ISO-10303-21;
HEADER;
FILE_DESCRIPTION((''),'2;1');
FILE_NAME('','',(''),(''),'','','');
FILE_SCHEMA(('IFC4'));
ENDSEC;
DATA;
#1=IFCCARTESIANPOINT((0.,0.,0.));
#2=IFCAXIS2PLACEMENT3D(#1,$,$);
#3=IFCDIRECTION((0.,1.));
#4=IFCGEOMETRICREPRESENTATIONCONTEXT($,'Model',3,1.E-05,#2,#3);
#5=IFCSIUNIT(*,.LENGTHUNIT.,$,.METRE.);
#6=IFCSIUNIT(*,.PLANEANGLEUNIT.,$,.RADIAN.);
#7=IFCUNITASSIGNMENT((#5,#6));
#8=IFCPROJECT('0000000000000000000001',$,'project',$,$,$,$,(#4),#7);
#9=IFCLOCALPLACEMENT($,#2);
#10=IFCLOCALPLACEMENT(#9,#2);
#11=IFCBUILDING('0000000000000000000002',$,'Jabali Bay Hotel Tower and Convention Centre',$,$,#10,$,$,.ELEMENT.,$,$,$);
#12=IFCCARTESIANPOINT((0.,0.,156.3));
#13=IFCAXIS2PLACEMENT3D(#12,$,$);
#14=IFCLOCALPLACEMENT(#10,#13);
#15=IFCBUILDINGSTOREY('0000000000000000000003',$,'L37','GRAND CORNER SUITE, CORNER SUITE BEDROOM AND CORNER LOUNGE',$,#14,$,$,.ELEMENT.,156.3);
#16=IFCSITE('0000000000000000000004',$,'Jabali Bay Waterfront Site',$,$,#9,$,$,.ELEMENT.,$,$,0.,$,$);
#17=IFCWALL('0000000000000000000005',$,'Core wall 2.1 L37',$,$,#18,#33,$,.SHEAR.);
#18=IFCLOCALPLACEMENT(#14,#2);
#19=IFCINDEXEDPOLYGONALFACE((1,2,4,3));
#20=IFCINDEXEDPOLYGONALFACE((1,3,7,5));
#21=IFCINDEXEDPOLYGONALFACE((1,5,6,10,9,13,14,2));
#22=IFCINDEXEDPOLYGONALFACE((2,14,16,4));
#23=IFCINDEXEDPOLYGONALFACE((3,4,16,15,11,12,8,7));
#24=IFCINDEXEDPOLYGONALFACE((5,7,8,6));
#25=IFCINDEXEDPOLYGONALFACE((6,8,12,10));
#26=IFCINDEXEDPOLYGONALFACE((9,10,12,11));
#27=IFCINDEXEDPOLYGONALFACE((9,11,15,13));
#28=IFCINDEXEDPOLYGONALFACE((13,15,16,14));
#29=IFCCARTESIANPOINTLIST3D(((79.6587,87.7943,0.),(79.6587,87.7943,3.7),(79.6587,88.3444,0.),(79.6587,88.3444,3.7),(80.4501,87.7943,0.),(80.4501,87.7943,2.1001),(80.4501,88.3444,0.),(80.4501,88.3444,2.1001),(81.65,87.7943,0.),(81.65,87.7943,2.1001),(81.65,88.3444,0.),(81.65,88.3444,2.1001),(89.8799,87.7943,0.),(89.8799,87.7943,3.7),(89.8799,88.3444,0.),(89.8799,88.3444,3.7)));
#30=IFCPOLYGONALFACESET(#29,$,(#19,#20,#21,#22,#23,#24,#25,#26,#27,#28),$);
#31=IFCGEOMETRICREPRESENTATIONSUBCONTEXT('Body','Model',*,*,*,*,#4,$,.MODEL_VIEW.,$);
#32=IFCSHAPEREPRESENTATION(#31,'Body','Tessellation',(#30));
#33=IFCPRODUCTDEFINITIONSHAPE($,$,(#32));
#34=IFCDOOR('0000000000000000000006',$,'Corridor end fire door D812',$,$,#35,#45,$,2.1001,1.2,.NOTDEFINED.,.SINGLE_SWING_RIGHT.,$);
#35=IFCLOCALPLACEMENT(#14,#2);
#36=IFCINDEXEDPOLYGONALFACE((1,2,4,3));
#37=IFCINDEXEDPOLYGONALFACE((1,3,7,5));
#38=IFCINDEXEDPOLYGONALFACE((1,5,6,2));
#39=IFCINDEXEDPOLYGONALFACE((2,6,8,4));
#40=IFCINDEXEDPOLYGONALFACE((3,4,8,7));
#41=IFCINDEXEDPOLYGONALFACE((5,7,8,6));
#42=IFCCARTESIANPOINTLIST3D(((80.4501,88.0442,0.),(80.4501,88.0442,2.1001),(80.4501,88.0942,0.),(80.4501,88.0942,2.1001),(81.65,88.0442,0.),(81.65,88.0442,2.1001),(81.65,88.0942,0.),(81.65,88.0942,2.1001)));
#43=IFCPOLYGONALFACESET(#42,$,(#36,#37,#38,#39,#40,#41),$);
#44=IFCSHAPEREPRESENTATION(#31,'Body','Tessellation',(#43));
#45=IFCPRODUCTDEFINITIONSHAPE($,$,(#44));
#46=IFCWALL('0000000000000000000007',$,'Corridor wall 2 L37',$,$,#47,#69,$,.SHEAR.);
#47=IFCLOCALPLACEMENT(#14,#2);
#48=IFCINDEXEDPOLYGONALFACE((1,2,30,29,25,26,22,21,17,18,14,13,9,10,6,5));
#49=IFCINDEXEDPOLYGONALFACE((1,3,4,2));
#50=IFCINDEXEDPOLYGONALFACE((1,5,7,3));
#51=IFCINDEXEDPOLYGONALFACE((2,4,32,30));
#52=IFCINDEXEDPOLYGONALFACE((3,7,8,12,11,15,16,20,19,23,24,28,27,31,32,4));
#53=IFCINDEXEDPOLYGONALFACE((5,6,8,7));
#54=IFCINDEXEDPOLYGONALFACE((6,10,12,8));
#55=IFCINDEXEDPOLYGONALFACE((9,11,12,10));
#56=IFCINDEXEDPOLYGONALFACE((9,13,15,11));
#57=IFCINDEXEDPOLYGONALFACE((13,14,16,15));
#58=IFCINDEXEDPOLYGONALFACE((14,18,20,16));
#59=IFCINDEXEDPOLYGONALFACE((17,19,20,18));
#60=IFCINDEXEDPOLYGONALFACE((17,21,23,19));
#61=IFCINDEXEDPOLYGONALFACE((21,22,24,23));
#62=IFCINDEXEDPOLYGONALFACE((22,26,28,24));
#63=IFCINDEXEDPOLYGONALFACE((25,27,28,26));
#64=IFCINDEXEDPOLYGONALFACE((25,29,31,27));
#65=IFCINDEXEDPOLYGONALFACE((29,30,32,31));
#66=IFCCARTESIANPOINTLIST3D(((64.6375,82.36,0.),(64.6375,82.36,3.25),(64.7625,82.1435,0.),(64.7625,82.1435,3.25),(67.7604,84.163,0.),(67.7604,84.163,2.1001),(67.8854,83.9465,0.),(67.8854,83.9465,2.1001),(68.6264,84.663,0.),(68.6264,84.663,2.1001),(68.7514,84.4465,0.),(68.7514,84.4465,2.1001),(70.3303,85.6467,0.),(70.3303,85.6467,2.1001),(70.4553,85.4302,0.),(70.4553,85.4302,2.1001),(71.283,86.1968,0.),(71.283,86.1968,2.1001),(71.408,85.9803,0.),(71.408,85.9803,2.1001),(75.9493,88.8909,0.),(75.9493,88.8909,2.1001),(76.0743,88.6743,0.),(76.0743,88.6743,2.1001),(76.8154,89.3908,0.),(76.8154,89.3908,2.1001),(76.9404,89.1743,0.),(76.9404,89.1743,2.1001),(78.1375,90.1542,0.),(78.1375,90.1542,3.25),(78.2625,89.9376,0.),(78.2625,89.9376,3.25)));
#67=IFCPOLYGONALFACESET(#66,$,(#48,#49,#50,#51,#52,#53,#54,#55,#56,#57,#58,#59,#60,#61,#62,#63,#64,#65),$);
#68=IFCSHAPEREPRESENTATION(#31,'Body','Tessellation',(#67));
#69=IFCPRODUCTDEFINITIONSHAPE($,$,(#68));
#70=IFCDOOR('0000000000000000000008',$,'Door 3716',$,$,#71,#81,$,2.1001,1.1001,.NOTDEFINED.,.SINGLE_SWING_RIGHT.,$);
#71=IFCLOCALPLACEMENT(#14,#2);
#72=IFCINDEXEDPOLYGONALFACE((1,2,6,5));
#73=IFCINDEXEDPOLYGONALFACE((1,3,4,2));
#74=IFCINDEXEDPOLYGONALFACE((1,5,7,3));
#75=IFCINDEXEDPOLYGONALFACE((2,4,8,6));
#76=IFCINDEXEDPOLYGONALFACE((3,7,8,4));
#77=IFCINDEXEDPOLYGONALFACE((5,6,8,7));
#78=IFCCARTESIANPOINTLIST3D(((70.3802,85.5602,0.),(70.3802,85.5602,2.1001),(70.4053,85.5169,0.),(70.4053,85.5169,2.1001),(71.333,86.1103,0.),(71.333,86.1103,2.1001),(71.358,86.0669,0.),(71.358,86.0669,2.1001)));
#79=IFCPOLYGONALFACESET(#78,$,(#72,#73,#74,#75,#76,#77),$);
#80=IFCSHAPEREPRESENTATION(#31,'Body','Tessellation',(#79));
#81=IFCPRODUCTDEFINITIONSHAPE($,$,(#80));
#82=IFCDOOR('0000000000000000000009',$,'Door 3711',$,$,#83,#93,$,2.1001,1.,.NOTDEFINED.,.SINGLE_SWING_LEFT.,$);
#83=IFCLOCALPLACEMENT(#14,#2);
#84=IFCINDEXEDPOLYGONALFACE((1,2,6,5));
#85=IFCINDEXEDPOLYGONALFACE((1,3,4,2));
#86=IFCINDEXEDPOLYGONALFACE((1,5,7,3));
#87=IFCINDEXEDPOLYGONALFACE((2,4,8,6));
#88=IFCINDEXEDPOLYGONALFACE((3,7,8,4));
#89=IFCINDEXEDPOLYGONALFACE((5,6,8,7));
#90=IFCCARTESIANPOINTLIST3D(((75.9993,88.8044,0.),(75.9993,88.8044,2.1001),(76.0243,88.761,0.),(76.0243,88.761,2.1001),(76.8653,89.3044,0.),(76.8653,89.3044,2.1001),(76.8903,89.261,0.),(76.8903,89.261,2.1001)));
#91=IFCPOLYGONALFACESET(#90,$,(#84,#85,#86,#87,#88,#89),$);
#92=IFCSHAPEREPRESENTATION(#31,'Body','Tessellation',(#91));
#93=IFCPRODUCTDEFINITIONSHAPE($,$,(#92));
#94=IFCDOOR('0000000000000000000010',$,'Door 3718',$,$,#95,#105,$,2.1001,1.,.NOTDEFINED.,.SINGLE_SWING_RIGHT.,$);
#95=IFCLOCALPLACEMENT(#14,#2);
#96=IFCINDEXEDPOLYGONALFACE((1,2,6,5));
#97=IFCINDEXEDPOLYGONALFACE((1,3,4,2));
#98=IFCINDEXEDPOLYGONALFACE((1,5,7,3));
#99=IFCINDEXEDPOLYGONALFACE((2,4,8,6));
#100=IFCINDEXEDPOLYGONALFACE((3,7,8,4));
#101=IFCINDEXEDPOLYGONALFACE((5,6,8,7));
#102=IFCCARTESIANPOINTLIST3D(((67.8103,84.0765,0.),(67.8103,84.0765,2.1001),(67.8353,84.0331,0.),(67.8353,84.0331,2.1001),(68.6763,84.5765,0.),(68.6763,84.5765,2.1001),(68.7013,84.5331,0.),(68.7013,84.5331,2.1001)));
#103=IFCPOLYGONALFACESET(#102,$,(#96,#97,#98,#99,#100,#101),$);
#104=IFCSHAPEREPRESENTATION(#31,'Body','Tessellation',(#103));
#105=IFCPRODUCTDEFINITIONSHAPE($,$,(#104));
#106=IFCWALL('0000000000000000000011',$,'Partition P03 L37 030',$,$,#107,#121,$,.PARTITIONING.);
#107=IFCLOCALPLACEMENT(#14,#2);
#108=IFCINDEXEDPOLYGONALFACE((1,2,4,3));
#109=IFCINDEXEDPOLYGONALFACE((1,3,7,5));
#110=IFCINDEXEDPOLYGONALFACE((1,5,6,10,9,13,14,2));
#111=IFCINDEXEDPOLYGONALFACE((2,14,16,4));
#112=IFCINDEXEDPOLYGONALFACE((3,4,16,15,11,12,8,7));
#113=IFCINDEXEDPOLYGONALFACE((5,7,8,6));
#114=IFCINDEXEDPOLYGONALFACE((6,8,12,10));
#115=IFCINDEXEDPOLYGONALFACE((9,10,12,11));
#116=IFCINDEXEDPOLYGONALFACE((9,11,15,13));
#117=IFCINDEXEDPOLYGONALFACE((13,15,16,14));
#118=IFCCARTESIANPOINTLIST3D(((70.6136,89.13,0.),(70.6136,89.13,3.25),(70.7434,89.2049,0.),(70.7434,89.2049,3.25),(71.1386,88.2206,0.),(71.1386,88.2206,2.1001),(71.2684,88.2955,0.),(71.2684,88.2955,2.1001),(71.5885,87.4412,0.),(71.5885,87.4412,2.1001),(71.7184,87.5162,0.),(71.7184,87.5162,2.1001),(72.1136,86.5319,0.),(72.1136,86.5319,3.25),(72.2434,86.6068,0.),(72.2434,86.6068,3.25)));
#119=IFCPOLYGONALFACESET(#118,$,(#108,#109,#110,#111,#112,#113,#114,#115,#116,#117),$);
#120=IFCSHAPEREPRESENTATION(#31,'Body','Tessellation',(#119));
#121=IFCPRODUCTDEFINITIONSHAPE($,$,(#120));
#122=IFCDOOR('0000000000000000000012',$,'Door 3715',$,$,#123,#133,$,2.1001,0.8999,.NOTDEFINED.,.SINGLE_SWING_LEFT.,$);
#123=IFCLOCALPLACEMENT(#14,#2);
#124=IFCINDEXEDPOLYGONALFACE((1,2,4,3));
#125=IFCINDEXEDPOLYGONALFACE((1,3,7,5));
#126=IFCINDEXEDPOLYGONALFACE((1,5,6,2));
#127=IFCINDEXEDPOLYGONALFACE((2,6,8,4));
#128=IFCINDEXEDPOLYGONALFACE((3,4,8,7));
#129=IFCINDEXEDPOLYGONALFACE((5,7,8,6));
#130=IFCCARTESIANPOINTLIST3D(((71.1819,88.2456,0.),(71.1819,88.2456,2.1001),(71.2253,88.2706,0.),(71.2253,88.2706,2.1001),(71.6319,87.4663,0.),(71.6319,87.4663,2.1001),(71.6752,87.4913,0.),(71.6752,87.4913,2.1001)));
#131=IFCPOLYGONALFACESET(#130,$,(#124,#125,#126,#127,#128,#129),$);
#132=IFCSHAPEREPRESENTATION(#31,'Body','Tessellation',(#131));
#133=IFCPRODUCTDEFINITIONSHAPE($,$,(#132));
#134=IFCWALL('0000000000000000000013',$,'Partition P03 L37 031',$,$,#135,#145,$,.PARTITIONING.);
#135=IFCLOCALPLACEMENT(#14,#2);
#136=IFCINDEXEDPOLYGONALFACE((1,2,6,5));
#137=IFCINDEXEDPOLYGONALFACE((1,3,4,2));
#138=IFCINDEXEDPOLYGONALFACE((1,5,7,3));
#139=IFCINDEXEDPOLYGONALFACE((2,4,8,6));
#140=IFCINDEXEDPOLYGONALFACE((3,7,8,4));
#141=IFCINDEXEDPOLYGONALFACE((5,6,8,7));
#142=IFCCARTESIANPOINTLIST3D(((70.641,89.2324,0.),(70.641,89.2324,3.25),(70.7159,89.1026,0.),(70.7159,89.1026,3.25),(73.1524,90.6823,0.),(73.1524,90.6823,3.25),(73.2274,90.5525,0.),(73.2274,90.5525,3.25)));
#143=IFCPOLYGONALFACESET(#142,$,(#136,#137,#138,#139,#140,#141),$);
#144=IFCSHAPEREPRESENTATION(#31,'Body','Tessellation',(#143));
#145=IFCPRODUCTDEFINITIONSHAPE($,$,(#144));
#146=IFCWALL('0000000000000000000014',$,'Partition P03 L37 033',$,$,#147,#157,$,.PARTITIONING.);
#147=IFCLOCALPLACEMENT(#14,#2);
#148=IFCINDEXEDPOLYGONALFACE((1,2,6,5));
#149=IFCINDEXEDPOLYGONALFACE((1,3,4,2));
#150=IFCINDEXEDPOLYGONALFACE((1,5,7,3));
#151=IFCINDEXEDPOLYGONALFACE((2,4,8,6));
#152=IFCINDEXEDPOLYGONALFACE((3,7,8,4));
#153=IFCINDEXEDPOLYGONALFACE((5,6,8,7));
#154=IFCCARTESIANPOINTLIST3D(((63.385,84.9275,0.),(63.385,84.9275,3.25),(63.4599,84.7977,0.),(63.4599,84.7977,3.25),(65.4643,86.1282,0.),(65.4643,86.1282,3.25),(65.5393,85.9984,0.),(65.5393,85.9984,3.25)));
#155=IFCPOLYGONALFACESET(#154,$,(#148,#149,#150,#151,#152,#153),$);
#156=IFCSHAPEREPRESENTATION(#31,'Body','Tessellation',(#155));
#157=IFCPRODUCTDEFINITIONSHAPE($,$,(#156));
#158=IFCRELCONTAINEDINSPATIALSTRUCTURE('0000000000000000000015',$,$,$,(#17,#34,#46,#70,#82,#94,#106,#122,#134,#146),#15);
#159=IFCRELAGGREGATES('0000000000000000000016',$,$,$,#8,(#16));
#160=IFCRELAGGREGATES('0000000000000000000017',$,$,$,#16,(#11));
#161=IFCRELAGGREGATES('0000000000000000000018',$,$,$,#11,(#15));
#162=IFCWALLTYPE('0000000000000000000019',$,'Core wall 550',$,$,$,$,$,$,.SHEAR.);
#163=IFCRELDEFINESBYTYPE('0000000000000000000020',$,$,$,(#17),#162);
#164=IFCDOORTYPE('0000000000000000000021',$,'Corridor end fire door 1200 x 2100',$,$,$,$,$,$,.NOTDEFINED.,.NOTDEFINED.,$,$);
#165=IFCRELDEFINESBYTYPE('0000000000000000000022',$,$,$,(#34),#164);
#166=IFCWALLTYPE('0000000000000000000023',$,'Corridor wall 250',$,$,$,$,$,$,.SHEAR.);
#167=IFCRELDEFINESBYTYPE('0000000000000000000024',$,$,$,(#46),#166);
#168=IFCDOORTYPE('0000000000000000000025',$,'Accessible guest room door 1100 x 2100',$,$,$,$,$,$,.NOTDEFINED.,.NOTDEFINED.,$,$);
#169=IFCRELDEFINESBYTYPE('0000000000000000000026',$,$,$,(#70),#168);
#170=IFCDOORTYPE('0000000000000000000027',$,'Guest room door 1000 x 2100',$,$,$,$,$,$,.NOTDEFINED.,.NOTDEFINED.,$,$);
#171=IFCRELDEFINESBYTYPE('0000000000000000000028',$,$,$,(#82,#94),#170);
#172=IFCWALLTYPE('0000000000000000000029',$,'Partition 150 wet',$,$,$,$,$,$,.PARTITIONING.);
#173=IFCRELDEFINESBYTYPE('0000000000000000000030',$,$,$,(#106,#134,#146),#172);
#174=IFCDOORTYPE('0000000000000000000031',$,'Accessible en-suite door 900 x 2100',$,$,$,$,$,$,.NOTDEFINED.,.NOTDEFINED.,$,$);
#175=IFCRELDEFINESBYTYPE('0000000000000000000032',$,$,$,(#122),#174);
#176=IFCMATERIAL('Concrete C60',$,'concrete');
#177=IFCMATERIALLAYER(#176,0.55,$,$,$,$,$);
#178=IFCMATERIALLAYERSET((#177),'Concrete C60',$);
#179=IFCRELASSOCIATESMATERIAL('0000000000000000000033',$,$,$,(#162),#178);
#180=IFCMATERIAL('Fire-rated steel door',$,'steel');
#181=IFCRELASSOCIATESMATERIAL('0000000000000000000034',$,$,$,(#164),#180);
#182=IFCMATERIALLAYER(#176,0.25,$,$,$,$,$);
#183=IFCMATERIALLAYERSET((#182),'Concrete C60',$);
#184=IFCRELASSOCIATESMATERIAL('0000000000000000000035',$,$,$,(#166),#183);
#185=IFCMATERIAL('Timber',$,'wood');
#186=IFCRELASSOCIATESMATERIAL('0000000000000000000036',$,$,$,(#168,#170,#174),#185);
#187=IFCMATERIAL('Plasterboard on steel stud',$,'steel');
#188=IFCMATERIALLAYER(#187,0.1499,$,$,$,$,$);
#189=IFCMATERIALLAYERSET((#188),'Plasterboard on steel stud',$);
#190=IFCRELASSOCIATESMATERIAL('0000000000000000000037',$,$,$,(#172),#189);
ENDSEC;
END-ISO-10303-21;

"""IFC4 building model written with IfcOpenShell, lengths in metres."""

from ifc_helpers import new_model, si_unit, direction, frame, frame_2d, origin, place, context, subcontext, project, spatial, rectangle, extrude, material, layer, layer_set, type_object, element, fill, save


model = new_model("IFC4")

# Units and contexts
model_context = context("Model", 3, precision=1e-05, world=origin(), true_north=direction((0.0, 1.0)))
body_context = subcontext(model_context, "Body", "Model", "MODEL_VIEW")
ifc_project = project(units=[si_unit("LENGTHUNIT", "METRE"), si_unit("PLANEANGLEUNIT", "RADIAN")], contexts=[model_context])

# Site, building, storey
site_placement = place(None, origin())
site = spatial("IfcSite", under=ifc_project, at=site_placement, Name="Jabali Bay Waterfront Site", CompositionType="ELEMENT", RefElevation=0.0)
building_placement = place(site_placement, origin())
building = spatial("IfcBuilding", under=site, at=building_placement, Name="Jabali Bay Hotel Tower and Convention Centre", CompositionType="ELEMENT")
storey_placement = place(building_placement, frame((0.0, 0.0, 156.3)))
storey = spatial("IfcBuildingStorey", under=building, at=storey_placement, Name="L37", Description="GRAND CORNER SUITE, CORNER SUITE BEDROOM AND CORNER LOUNGE", CompositionType="ELEMENT", Elevation=156.3)

# Shared definitions
ifc_material_1 = material(Name="Fire-rated steel door", Category="steel")

# Wall, opening, door
ifc_material_2 = material(Name="Concrete C60", Category="concrete")
ifc_layer_1 = layer(ifc_material_2, 0.55)
ifc_layer_set_1 = layer_set([ifc_layer_1], Name="Concrete C60")
wall_type_1 = type_object("IfcWallType", Name="Core wall 550", PredefinedType="SHEAR", material=ifc_layer_set_1)
wall_1_placement = place(storey_placement, frame((79.6587, 88.0693, 0.0), z_axis=(0.0, 0.0, 1.0), x_axis=(1.0, 0.0, 0.0)))
wall_1 = element("IfcWall", 1, at=wall_1_placement, inside=storey, type_object=wall_type_1, Name="Core wall 2.1 L37", PredefinedType="SHEAR", context=body_context, shape_type="SweptSolid", body=[
    extrude(rectangle(XDim=10.2212, YDim=0.55, at=frame_2d((5.1106, 0.0))), origin(), (0.0, 0.0, 1.0), 3.7),
])
opening_1_placement = place(wall_1_placement, frame((0.7913, 0.0, 0.0)))
opening_1 = element("IfcOpeningElement", 2, at=opening_1_placement, cuts=wall_1, PredefinedType="OPENING", context=body_context, shape_type="SweptSolid", body=[
    extrude(rectangle(XDim=1.2, YDim=2.1001, at=frame_2d((0.6001, 1.05))), frame((0.0, 0.2856, 0.0), z_axis=(0.0, -1.0, 0.0), x_axis=(1.0, 0.0, 0.0)), (0.0, 0.0, 1.0), 0.571),
])
door_type_1 = type_object("IfcDoorType", Name="Corridor end fire door 1200 x 2100", OperationType="NOTDEFINED", PredefinedType="NOTDEFINED", material=ifc_material_1)
door_1_placement = place(opening_1_placement, origin())
door_1 = element("IfcDoor", 3, at=door_1_placement, inside=storey, type_object=door_type_1, Name="Corridor end fire door D812", OperationType="SINGLE_SWING_RIGHT", OverallHeight=2.1001, OverallWidth=1.2, PredefinedType="NOTDEFINED", context=body_context, shape_type="SweptSolid", body=[
    extrude(rectangle(XDim=1.2, YDim=2.1001, at=frame_2d((0.6001, 1.05))), frame((0.0, 0.0249, 0.0), z_axis=(0.0, -1.0, 0.0), x_axis=(1.0, 0.0, 0.0)), (0.0, 0.0, 1.0), 0.05),
])
fill(opening_1, door_1)

# Wall, openings, doors
ifc_layer_2 = layer(ifc_material_2, 0.25)
ifc_layer_set_2 = layer_set([ifc_layer_2], Name="Concrete C60")
wall_type_2 = type_object("IfcWallType", Name="Corridor wall 250", PredefinedType="SHEAR", material=ifc_layer_set_2)
wall_2_placement = place(storey_placement, frame((78.2, 90.0459, 0.0), z_axis=(0.0, 0.0, 1.0), x_axis=(-0.866026, -0.499998, 0.0)))
wall_2 = element("IfcWall", 4, at=wall_2_placement, inside=storey, type_object=wall_type_2, Name="Corridor wall 2 L37", PredefinedType="SHEAR", context=body_context, shape_type="SweptSolid", body=[
    extrude(rectangle(XDim=15.5884, YDim=0.25, at=frame_2d((7.7942, 0.0))), origin(), (0.0, 0.0, 1.0), 3.25),
])
opening_2_placement = place(wall_2_placement, frame((1.5266, 0.0, 0.0)))
opening_2 = element("IfcOpeningElement", 5, at=opening_2_placement, cuts=wall_2, PredefinedType="OPENING", context=body_context, shape_type="SweptSolid", body=[
    extrude(rectangle(XDim=1.0, YDim=2.1001, at=frame_2d((0.5, 1.05))), frame((0.0, 0.1355, 0.0), z_axis=(0.0, -1.0, 0.0), x_axis=(1.0, 0.0, 0.0)), (0.0, 0.0, 1.0), 0.271),
])
opening_3_placement = place(wall_2_placement, frame((7.9148, 0.0, 0.0)))
opening_3 = element("IfcOpeningElement", 6, at=opening_3_placement, cuts=wall_2, PredefinedType="OPENING", context=body_context, shape_type="SweptSolid", body=[
    extrude(rectangle(XDim=1.1001, YDim=2.1001, at=frame_2d((0.55, 1.05))), frame((0.0, 0.1355, 0.0), z_axis=(0.0, -1.0, 0.0), x_axis=(1.0, 0.0, 0.0)), (0.0, 0.0, 1.0), 0.271),
])
opening_4_placement = place(wall_2_placement, frame((10.9824, 0.0, 0.0)))
opening_4 = element("IfcOpeningElement", 7, at=opening_4_placement, cuts=wall_2, PredefinedType="OPENING", context=body_context, shape_type="SweptSolid", body=[
    extrude(rectangle(XDim=1.0, YDim=2.1001, at=frame_2d((0.5, 1.05))), frame((0.0, 0.1355, 0.0), z_axis=(0.0, -1.0, 0.0), x_axis=(1.0, 0.0, 0.0)), (0.0, 0.0, 1.0), 0.271),
])
ifc_material_3 = material(Name="Timber", Category="wood")
door_type_2 = type_object("IfcDoorType", Name="Accessible guest room door 1100 x 2100", OperationType="NOTDEFINED", PredefinedType="NOTDEFINED", material=ifc_material_3)
door_2_placement = place(opening_3_placement, origin())
door_2 = element("IfcDoor", 8, at=door_2_placement, inside=storey, type_object=door_type_2, Name="Door 3716", OperationType="SINGLE_SWING_RIGHT", OverallHeight=2.1001, OverallWidth=1.1001, PredefinedType="NOTDEFINED", context=body_context, shape_type="SweptSolid", body=[
    extrude(rectangle(XDim=1.1001, YDim=2.1001, at=frame_2d((0.55, 1.05))), frame((0.0, 0.0249, 0.0), z_axis=(0.0, -1.0, 0.0), x_axis=(1.0, 0.0, 0.0)), (0.0, 0.0, 1.0), 0.05),
])
fill(opening_3, door_2)
door_type_3 = type_object("IfcDoorType", Name="Guest room door 1000 x 2100", OperationType="NOTDEFINED", PredefinedType="NOTDEFINED", material=ifc_material_3)
door_3_placement = place(opening_2_placement, origin())
door_3 = element("IfcDoor", 9, at=door_3_placement, inside=storey, type_object=door_type_3, Name="Door 3711", OperationType="SINGLE_SWING_LEFT", OverallHeight=2.1001, OverallWidth=1.0, PredefinedType="NOTDEFINED", context=body_context, shape_type="SweptSolid", body=[
    extrude(rectangle(XDim=1.0, YDim=2.1001, at=frame_2d((0.5, 1.05))), frame((0.0, 0.0249, 0.0), z_axis=(0.0, -1.0, 0.0), x_axis=(1.0, 0.0, 0.0)), (0.0, 0.0, 1.0), 0.05),
])
fill(opening_2, door_3)
door_4_placement = place(opening_4_placement, origin())
door_4 = element("IfcDoor", 10, at=door_4_placement, inside=storey, type_object=door_type_3, Name="Door 3718", OperationType="SINGLE_SWING_RIGHT", OverallHeight=2.1001, OverallWidth=1.0, PredefinedType="NOTDEFINED", context=body_context, shape_type="SweptSolid", body=[
    extrude(rectangle(XDim=1.0, YDim=2.1001, at=frame_2d((0.5, 1.05))), frame((0.0, 0.0249, 0.0), z_axis=(0.0, -1.0, 0.0), x_axis=(1.0, 0.0, 0.0)), (0.0, 0.0, 1.0), 0.05),
])
fill(opening_4, door_4)

# Wall, opening, door
ifc_material_4 = material(Name="Plasterboard on steel stud", Category="steel")
ifc_layer_3 = layer(ifc_material_4, 0.1499)
ifc_layer_set_3 = layer_set([ifc_layer_3], Name="Plasterboard on steel stud")
wall_type_3 = type_object("IfcWallType", Name="Partition 150 wet", PredefinedType="PARTITIONING", material=ifc_layer_set_3)
wall_3_placement = place(storey_placement, frame((72.1785, 86.5693, 0.0), z_axis=(0.0, 0.0, 1.0), x_axis=(-0.49999, 0.866031, 0.0)))
wall_3 = element("IfcWall", 11, at=wall_3_placement, inside=storey, type_object=wall_type_3, Name="Partition P03 L37 030", PredefinedType="PARTITIONING", context=body_context, shape_type="SweptSolid", body=[
    extrude(rectangle(XDim=3.0, YDim=0.1499, at=frame_2d((1.5, 0.0))), origin(), (0.0, 0.0, 1.0), 3.25),
])
opening_5_placement = place(wall_3_placement, frame((1.05, 0.0, 0.0)))
opening_5 = element("IfcOpeningElement", 12, at=opening_5_placement, cuts=wall_3, PredefinedType="OPENING", context=body_context, shape_type="SweptSolid", body=[
    extrude(rectangle(XDim=0.8999, YDim=2.1001, at=frame_2d((0.45, 1.05))), frame((0.0, 0.0854, 0.0), z_axis=(0.0, -1.0, 0.0), x_axis=(1.0, 0.0, 0.0)), (0.0, 0.0, 1.0), 0.1709),
])
door_type_4 = type_object("IfcDoorType", Name="Accessible en-suite door 900 x 2100", OperationType="NOTDEFINED", PredefinedType="NOTDEFINED", material=ifc_material_3)
door_5_placement = place(opening_5_placement, origin())
door_5 = element("IfcDoor", 13, at=door_5_placement, inside=storey, type_object=door_type_4, Name="Door 3715", OperationType="SINGLE_SWING_LEFT", OverallHeight=2.1001, OverallWidth=0.8999, PredefinedType="NOTDEFINED", context=body_context, shape_type="SweptSolid", body=[
    extrude(rectangle(XDim=0.8999, YDim=2.1001, at=frame_2d((0.45, 1.05))), frame((0.0, 0.0249, 0.0), z_axis=(0.0, -1.0, 0.0), x_axis=(1.0, 0.0, 0.0)), (0.0, 0.0, 1.0), 0.05),
])
fill(opening_5, door_5)

# Walls
wall_4_placement = place(storey_placement, frame((70.6785, 89.1675, 0.0), z_axis=(0.0, 0.0, 1.0), x_axis=(0.866033, 0.499987, 0.0)))
element("IfcWall", 14, at=wall_4_placement, inside=storey, type_object=wall_type_3, Name="Partition P03 L37 031", PredefinedType="PARTITIONING", context=body_context, shape_type="SweptSolid", body=[
    extrude(rectangle(XDim=2.8999, YDim=0.1499, at=frame_2d((1.45, 0.0))), origin(), (0.0, 0.0, 1.0), 3.25),
])
wall_5_placement = place(storey_placement, frame((63.4224, 84.8625, 0.0), z_axis=(0.0, 0.0, 1.0), x_axis=(0.865994, 0.500054, 0.0)))
element("IfcWall", 15, at=wall_5_placement, inside=storey, type_object=wall_type_3, Name="Partition P03 L37 033", PredefinedType="PARTITIONING", context=body_context, shape_type="SweptSolid", body=[
    extrude(rectangle(XDim=2.4011, YDim=0.1499, at=frame_2d((1.2007, 0.0))), origin(), (0.0, 0.0, 1.0), 3.25),
])

save(model, "model.ifc")
